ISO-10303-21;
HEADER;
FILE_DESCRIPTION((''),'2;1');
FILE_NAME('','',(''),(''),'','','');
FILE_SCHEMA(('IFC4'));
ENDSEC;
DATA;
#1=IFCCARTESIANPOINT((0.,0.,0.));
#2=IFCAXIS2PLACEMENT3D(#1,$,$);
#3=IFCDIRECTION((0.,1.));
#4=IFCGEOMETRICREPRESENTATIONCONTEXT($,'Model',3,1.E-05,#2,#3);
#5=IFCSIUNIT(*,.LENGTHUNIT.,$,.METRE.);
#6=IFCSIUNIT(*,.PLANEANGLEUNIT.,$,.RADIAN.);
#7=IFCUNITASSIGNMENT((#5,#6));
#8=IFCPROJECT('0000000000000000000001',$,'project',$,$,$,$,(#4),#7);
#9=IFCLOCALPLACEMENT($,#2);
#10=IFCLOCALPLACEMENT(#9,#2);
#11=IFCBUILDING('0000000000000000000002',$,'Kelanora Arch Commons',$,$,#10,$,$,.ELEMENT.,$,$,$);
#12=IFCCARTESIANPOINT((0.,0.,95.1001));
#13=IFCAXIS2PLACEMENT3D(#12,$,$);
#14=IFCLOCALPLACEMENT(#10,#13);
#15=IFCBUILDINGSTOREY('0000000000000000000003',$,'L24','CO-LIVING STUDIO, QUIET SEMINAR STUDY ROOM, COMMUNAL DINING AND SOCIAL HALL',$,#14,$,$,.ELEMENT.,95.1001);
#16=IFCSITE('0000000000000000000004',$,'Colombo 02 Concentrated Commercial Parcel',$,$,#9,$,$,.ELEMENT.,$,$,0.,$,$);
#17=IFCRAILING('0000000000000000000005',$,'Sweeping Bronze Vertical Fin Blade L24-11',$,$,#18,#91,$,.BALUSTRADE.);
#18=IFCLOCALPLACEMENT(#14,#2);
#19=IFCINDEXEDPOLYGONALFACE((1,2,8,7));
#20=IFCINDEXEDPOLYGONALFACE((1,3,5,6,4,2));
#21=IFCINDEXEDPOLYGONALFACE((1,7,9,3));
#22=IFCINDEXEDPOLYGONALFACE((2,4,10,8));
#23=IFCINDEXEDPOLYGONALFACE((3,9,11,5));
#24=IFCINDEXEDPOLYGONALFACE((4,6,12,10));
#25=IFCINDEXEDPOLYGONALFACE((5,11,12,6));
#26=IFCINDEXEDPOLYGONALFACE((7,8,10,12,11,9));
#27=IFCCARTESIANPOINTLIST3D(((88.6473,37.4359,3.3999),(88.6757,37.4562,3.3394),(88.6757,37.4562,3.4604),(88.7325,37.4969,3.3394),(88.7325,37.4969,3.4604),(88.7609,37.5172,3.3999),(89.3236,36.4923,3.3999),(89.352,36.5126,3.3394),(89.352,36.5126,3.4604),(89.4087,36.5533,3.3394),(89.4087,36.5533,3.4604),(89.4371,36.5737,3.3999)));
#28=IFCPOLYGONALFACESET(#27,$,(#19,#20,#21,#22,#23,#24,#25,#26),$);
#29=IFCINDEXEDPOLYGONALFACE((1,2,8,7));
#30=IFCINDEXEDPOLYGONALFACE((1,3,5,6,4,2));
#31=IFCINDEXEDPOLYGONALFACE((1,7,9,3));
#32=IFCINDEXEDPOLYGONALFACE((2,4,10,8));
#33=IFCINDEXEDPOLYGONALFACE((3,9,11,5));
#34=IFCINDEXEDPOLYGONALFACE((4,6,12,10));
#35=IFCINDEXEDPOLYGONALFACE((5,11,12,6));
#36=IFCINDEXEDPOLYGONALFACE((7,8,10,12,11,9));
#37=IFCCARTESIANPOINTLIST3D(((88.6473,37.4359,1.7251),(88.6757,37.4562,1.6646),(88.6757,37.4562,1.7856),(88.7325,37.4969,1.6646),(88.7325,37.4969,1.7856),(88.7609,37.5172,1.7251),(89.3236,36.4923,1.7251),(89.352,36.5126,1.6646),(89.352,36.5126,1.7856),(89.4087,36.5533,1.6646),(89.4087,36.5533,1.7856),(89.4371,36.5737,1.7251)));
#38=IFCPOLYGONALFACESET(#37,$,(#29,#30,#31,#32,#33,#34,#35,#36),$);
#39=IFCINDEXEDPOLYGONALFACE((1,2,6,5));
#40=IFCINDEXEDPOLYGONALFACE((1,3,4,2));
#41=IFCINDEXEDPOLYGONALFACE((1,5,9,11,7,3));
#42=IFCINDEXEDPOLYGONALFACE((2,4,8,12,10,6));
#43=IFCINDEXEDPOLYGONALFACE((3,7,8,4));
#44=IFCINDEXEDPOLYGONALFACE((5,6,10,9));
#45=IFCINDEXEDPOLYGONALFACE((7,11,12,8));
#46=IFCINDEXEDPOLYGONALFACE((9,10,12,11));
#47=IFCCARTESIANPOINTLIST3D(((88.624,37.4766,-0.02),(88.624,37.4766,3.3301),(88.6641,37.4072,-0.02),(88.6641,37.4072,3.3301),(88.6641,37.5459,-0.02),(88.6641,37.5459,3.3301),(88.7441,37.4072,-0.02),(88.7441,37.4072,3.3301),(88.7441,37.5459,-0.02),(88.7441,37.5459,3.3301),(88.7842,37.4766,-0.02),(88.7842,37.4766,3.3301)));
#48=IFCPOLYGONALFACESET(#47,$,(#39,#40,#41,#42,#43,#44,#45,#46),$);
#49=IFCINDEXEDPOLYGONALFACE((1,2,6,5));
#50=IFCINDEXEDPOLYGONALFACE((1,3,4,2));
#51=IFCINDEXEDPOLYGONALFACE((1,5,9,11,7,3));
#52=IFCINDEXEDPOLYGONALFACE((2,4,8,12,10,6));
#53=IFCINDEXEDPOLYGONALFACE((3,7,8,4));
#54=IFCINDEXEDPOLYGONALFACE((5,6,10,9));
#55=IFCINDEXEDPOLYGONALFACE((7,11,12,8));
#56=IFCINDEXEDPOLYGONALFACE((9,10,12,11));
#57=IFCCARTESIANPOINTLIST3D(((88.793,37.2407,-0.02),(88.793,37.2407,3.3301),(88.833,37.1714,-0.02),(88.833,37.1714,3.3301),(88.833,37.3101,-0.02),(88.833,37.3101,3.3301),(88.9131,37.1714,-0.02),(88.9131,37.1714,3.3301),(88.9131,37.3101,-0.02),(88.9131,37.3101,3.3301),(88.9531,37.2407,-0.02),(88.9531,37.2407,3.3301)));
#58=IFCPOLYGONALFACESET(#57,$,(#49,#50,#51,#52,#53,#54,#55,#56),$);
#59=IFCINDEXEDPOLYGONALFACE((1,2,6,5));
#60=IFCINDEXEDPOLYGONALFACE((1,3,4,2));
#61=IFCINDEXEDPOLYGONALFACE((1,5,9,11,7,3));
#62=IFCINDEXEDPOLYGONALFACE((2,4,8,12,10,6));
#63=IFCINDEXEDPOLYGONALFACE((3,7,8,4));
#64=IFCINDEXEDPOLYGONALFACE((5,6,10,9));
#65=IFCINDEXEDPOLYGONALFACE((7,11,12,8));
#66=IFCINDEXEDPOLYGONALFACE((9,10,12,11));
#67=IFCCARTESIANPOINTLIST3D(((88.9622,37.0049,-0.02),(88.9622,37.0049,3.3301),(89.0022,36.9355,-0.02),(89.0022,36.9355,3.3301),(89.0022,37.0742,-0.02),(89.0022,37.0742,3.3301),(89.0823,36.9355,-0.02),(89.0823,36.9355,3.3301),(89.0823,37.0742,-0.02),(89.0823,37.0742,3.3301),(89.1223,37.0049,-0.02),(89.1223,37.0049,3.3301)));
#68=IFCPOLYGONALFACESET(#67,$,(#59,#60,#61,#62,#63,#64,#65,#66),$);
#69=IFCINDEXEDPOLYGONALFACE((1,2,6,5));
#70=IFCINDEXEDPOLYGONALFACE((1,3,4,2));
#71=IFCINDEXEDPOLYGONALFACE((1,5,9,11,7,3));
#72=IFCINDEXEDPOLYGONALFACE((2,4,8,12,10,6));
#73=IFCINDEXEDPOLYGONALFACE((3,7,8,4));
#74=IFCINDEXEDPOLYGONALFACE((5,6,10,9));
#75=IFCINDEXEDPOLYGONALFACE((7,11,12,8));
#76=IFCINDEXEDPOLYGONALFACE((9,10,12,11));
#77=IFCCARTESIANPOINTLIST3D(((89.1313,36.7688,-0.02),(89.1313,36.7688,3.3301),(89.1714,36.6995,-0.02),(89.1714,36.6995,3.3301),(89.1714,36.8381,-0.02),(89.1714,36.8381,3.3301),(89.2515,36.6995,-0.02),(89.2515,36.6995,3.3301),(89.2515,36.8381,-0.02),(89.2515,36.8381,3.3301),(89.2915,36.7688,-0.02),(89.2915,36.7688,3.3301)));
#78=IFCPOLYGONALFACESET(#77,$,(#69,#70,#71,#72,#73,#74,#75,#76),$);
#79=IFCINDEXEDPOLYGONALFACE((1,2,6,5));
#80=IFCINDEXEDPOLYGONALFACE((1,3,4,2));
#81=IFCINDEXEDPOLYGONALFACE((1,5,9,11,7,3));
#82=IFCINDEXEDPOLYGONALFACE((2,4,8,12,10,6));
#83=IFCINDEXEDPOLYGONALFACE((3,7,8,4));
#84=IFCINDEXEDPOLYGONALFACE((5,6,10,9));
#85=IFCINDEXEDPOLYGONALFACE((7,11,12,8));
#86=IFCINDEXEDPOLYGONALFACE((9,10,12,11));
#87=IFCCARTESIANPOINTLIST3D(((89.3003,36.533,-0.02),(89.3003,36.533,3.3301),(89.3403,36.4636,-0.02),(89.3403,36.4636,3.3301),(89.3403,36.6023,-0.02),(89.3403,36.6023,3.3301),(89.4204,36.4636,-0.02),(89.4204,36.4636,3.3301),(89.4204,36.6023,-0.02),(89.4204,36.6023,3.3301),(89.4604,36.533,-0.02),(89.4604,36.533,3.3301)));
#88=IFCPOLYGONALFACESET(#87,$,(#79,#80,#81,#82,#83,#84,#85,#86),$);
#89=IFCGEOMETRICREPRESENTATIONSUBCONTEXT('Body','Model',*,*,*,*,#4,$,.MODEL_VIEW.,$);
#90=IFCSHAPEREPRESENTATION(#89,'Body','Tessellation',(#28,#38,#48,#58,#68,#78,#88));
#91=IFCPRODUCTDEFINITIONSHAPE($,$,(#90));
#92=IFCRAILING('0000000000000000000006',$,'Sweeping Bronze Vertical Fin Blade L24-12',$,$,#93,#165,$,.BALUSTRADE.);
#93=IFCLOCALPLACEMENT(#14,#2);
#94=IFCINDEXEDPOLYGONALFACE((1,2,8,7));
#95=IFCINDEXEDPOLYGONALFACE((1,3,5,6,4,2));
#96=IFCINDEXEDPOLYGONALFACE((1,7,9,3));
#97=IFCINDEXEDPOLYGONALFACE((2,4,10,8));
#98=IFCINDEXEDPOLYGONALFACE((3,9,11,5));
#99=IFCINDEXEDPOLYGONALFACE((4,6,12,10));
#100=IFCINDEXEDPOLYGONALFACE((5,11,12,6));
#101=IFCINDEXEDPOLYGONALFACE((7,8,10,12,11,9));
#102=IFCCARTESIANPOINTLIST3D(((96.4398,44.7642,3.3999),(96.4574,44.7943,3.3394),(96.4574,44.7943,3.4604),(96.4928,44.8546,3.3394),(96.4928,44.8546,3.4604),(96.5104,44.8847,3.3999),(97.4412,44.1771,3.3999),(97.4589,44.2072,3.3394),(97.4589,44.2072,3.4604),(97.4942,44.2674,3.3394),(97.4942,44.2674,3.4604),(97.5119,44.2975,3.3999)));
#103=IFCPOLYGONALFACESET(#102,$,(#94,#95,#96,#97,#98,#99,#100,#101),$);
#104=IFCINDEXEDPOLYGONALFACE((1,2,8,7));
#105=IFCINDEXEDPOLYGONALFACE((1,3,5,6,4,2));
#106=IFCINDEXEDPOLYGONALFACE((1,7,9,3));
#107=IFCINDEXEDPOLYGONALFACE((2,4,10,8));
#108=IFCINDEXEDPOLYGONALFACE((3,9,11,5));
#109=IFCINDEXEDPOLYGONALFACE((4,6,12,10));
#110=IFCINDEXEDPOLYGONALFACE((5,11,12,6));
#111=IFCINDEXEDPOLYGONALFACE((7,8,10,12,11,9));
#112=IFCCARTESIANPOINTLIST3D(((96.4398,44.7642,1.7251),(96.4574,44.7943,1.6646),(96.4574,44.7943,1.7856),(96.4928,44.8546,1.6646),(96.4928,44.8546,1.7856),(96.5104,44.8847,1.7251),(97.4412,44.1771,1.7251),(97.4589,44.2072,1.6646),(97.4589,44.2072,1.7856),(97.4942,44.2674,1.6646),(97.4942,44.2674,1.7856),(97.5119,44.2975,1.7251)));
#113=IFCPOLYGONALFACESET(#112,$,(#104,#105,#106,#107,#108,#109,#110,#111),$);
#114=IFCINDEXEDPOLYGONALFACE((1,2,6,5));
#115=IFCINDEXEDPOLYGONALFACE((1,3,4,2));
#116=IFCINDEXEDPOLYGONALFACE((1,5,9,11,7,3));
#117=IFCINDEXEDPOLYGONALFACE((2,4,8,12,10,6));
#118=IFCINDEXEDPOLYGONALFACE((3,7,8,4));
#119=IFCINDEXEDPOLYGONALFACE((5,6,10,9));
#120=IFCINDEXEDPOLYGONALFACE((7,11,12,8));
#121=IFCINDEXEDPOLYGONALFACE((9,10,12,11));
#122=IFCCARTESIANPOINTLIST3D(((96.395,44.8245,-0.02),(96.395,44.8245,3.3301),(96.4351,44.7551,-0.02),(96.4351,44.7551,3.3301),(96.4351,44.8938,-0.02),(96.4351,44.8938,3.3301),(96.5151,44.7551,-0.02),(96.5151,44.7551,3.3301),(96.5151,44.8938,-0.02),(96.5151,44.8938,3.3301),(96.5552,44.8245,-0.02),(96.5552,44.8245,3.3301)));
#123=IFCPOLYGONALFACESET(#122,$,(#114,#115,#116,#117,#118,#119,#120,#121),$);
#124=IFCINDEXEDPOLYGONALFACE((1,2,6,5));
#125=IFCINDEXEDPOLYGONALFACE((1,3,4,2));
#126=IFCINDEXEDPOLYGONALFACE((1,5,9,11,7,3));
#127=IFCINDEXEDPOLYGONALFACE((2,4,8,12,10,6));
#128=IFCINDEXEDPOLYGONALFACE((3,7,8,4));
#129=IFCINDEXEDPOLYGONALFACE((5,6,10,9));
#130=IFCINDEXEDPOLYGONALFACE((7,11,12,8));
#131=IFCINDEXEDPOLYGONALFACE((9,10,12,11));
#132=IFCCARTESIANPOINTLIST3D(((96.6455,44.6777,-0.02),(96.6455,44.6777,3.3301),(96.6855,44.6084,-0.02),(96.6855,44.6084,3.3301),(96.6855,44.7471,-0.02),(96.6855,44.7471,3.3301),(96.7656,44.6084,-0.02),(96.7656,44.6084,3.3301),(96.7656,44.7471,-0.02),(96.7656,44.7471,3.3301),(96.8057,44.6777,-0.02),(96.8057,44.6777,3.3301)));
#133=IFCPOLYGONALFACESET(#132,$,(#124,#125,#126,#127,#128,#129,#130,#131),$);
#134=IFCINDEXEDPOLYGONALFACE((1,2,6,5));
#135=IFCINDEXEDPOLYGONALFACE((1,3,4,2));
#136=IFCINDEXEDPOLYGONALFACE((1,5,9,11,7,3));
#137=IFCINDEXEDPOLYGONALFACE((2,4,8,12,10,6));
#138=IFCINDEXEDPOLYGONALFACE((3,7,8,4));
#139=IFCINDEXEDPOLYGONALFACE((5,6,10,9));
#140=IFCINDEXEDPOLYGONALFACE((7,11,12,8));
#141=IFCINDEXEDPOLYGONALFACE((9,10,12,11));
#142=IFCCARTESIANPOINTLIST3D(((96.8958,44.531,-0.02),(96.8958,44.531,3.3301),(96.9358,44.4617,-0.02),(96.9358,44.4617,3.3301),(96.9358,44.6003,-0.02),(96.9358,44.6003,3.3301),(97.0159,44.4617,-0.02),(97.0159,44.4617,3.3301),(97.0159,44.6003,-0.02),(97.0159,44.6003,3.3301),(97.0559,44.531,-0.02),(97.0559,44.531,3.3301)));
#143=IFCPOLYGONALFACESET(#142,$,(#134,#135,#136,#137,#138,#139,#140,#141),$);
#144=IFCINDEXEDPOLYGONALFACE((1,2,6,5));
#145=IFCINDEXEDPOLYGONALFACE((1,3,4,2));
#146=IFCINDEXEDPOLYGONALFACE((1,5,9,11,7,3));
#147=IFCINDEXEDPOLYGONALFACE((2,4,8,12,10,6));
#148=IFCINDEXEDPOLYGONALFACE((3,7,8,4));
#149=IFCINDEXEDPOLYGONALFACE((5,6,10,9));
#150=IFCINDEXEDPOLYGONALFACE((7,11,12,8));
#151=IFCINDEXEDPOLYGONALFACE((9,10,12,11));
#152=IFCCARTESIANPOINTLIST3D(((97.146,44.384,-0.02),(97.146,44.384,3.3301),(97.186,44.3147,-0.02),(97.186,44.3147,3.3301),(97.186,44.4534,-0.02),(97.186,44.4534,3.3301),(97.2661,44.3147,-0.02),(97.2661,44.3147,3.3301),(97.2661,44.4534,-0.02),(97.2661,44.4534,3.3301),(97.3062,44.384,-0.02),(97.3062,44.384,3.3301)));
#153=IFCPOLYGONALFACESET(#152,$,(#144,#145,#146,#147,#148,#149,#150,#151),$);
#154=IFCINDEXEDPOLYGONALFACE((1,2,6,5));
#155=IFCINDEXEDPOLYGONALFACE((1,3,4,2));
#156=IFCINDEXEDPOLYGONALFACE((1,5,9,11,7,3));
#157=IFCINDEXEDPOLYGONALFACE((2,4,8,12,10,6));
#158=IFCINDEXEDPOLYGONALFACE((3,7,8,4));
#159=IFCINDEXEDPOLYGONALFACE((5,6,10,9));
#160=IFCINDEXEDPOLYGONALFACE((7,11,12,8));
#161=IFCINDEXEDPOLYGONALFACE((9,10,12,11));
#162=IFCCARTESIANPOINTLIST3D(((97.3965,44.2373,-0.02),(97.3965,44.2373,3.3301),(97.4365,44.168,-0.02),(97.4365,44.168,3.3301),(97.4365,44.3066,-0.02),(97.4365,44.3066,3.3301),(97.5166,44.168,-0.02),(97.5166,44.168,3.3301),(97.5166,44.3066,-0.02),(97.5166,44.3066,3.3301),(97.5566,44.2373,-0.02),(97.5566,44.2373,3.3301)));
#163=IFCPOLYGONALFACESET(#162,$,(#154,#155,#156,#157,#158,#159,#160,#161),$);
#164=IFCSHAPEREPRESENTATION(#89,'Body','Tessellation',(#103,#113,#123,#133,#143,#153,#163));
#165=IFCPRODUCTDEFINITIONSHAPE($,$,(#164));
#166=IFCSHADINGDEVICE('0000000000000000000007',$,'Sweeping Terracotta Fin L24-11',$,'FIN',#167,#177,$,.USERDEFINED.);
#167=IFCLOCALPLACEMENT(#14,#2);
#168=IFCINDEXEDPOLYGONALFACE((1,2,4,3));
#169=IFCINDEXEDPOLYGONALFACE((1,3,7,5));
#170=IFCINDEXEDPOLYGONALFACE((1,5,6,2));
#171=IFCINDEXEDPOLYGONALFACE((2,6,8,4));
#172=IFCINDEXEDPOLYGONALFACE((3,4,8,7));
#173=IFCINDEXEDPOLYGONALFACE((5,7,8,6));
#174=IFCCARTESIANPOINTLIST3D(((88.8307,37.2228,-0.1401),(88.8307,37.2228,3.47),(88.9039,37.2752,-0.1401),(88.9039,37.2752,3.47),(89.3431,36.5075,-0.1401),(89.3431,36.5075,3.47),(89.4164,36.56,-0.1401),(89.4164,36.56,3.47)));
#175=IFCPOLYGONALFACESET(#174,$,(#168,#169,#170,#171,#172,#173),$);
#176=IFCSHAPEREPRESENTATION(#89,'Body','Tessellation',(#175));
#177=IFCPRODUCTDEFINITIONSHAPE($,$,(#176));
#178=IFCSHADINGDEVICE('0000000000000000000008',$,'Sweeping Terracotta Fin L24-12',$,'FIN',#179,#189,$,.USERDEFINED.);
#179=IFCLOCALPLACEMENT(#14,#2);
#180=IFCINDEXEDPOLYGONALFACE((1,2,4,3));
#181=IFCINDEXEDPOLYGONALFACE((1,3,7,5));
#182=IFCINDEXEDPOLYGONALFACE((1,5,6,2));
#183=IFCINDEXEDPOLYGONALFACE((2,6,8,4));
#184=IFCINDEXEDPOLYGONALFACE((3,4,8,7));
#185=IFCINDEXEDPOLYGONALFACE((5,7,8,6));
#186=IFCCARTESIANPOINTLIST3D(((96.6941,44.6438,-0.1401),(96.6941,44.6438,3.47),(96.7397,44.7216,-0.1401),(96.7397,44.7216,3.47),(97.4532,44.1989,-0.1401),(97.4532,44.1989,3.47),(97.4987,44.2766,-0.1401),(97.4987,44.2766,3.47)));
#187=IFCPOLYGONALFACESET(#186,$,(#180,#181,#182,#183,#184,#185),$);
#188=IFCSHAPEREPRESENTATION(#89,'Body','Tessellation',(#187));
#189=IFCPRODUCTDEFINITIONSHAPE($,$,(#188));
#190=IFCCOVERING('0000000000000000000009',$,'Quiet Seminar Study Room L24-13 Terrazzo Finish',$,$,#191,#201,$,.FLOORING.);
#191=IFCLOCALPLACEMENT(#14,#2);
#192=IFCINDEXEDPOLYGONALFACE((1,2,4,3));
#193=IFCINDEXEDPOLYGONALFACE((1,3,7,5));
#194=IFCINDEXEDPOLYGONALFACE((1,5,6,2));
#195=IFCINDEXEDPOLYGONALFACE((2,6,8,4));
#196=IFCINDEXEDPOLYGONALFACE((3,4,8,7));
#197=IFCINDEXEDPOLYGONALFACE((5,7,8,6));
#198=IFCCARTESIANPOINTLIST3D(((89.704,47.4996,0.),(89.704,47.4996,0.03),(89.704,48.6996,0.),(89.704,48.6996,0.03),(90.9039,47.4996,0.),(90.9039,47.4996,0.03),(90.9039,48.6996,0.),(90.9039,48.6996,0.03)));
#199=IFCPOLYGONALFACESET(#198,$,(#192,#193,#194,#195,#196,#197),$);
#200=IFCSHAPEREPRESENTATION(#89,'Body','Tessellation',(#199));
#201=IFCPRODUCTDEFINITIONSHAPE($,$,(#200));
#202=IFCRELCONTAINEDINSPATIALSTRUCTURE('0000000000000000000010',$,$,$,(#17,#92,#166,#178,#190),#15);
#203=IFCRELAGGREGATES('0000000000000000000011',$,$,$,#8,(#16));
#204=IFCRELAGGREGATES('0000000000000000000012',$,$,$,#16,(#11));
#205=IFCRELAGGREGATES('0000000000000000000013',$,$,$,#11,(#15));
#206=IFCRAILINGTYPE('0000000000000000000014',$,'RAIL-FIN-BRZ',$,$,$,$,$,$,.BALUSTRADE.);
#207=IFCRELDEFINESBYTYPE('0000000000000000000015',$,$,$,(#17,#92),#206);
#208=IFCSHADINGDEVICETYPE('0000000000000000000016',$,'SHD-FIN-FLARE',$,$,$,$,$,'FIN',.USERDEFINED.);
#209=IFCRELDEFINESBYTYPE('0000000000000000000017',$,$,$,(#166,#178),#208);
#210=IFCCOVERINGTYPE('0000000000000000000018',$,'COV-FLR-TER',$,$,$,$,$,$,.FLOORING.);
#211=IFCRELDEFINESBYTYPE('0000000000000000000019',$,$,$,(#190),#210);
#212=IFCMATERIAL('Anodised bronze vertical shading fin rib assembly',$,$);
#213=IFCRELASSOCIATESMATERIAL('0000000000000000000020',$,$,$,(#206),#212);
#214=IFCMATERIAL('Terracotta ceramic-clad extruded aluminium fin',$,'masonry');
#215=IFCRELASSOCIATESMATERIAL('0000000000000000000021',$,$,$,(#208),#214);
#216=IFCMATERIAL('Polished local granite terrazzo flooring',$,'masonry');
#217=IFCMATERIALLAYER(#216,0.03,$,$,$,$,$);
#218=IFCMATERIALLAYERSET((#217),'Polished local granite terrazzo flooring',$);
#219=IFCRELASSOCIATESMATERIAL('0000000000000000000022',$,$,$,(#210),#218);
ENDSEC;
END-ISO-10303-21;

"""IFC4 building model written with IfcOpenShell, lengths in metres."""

from ifc_helpers import new_model, si_unit, direction, frame, origin, origin_2d, place, context, subcontext, project, spatial, polyline, rectangle, outline, extrude, source, transform, mapped, material, layer, layer_set, type_object, element, save


model = new_model("IFC4")

# Units and contexts
model_context = context("Model", 3, precision=1e-05, world=origin(), true_north=direction((0.0, 1.0)))
body_context = subcontext(model_context, "Body", "Model", "MODEL_VIEW")
ifc_project = project(units=[si_unit("LENGTHUNIT", "METRE"), si_unit("PLANEANGLEUNIT", "RADIAN")], contexts=[model_context])

# Site, building, storey
site_placement = place(None, origin())
site = spatial("IfcSite", under=ifc_project, at=site_placement, Name="Colombo 02 Concentrated Commercial Parcel", CompositionType="ELEMENT", RefElevation=0.0)
building_placement = place(site_placement, origin())
building = spatial("IfcBuilding", under=site, at=building_placement, Name="Kelanora Arch Commons", CompositionType="ELEMENT")
storey_placement = place(building_placement, frame((0.0, 0.0, 95.1001)))
storey = spatial("IfcBuildingStorey", under=building, at=storey_placement, Name="L24", Description="CO-LIVING STUDIO, QUIET SEMINAR STUDY ROOM, COMMUNAL DINING AND SOCIAL HALL", CompositionType="ELEMENT", Elevation=95.1001)

# Railings
ifc_material_1 = material(Name="Anodised bronze vertical shading fin rib assembly")
railing_type = type_object("IfcRailingType", Name="RAIL-FIN-BRZ", PredefinedType="BALUSTRADE", material=ifc_material_1)
railing_1_placement = place(storey_placement, frame((88.7041, 37.4766, -0.02)))
element("IfcRailing", 1, at=railing_1_placement, inside=storey, type_object=railing_type, Name="Sweeping Bronze Vertical Fin Blade L24-11", PredefinedType="BALUSTRADE", context=body_context, shape_type="SweptSolid", body=[
    extrude(outline(polyline([(0.0698, 0.0), (0.0349, 0.0605), (-0.0349, 0.0605), (-0.0698, 0.0), (-0.0349, -0.0605), (0.0349, -0.0605), (0.0698, 0.0)])), frame((0.0, 0.0, 3.4199), z_axis=(0.582531, -0.812809, 0.0), x_axis=(0.812809, 0.582531, 0.0)), (0.0, 0.0, 1.0), 1.1609),
    extrude(outline(polyline([(0.0698, 0.0), (0.0349, 0.0605), (-0.0349, 0.0605), (-0.0698, 0.0), (-0.0349, -0.0605), (0.0349, -0.0605), (0.0698, 0.0)])), frame((0.0, 0.0, 1.7451), z_axis=(0.582531, -0.812809, 0.0), x_axis=(0.812809, 0.582531, 0.0)), (0.0, 0.0, 1.0), 1.1609),
    extrude(outline(polyline([(0.0801, 0.0), (0.04, 0.0693), (-0.04, 0.0693), (-0.0801, 0.0), (-0.04, -0.0693), (0.04, -0.0693), (0.0801, 0.0)])), origin(), (0.0, 0.0, 1.0), 3.3501),
    extrude(outline(polyline([(0.0801, 0.0), (0.04, 0.0693), (-0.04, 0.0693), (-0.0801, 0.0), (-0.04, -0.0693), (0.04, -0.0693), (0.0801, 0.0)])), frame((0.1689, -0.2358, 0.0)), (0.0, 0.0, 1.0), 3.3501),
    extrude(outline(polyline([(0.0801, 0.0), (0.04, 0.0693), (-0.04, 0.0693), (-0.0801, 0.0), (-0.04, -0.0693), (0.04, -0.0693), (0.0801, 0.0)])), frame((0.3381, -0.4717, 0.0)), (0.0, 0.0, 1.0), 3.3501),
    extrude(outline(polyline([(0.0801, 0.0), (0.04, 0.0693), (-0.04, 0.0693), (-0.0801, 0.0), (-0.04, -0.0693), (0.04, -0.0693), (0.0801, 0.0)])), frame((0.5073, -0.7078, 0.0)), (0.0, 0.0, 1.0), 3.3501),
    extrude(outline(polyline([(0.0801, 0.0), (0.04, 0.0693), (-0.04, 0.0693), (-0.0801, 0.0), (-0.04, -0.0693), (0.04, -0.0693), (0.0801, 0.0)])), frame((0.6763, -0.9436, 0.0)), (0.0, 0.0, 1.0), 3.3501),
])
railing_2_placement = place(storey_placement, frame((96.4751, 44.8245, -0.02)))
element("IfcRailing", 2, at=railing_2_placement, inside=storey, type_object=railing_type, Name="Sweeping Bronze Vertical Fin Blade L24-12", PredefinedType="BALUSTRADE", context=body_context, shape_type="SweptSolid", body=[
    extrude(outline(polyline([(0.0698, 0.0), (0.0349, 0.0605), (-0.0349, 0.0605), (-0.0698, 0.0), (-0.0349, -0.0605), (0.0349, -0.0605), (0.0698, 0.0)])), frame((0.0, 0.0, 3.4199), z_axis=(0.862663, -0.505779, 0.0), x_axis=(0.505779, 0.862663, 0.0)), (0.0, 0.0, 1.0), 1.1609),
    extrude(outline(polyline([(0.0698, 0.0), (0.0349, 0.0605), (-0.0349, 0.0605), (-0.0698, 0.0), (-0.0349, -0.0605), (0.0349, -0.0605), (0.0698, 0.0)])), frame((0.0, 0.0, 1.7451), z_axis=(0.862663, -0.505779, 0.0), x_axis=(0.505779, 0.862663, 0.0)), (0.0, 0.0, 1.0), 1.1609),
    extrude(outline(polyline([(0.0801, 0.0), (0.04, 0.0693), (-0.04, 0.0693), (-0.0801, 0.0), (-0.04, -0.0693), (0.04, -0.0693), (0.0801, 0.0)])), origin(), (0.0, 0.0, 1.0), 3.3501),
    extrude(outline(polyline([(0.0801, 0.0), (0.04, 0.0693), (-0.04, 0.0693), (-0.0801, 0.0), (-0.04, -0.0693), (0.04, -0.0693), (0.0801, 0.0)])), frame((0.2505, -0.1467, 0.0)), (0.0, 0.0, 1.0), 3.3501),
    extrude(outline(polyline([(0.0801, 0.0), (0.04, 0.0693), (-0.04, 0.0693), (-0.0801, 0.0), (-0.04, -0.0693), (0.04, -0.0693), (0.0801, 0.0)])), frame((0.5007, -0.2935, 0.0)), (0.0, 0.0, 1.0), 3.3501),
    extrude(outline(polyline([(0.0801, 0.0), (0.04, 0.0693), (-0.04, 0.0693), (-0.0801, 0.0), (-0.04, -0.0693), (0.04, -0.0693), (0.0801, 0.0)])), frame((0.751, -0.4404, 0.0)), (0.0, 0.0, 1.0), 3.3501),
    extrude(outline(polyline([(0.0801, 0.0), (0.04, 0.0693), (-0.04, 0.0693), (-0.0801, 0.0), (-0.04, -0.0693), (0.04, -0.0693), (0.0801, 0.0)])), frame((1.0015, -0.5872, 0.0)), (0.0, 0.0, 1.0), 3.3501),
])

# Shading devices
ifc_material_2 = material(Name="Terracotta ceramic-clad extruded aluminium fin", Category="masonry")
shading_device_type = type_object("IfcShadingDeviceType", Name="SHD-FIN-FLARE", ElementType="FIN", PredefinedType="USERDEFINED", material=ifc_material_2)
shared_shape_1 = source(origin(), body_context, "Body", "SweptSolid", [
    extrude(rectangle(XDim=0.8799, YDim=0.0901, at=origin_2d()), origin(), (0.0, 0.0, 1.0), 3.6101),
])
for number, where, z_axis, x_axis, name in (
    (3, (89.1235, 36.8914, -0.1401), (0.0, 0.0, 1.0), (0.582407, -0.812898, 0.0), "Sweeping Terracotta Fin L24-11"),
    (4, (97.0964, 44.4602, -0.1401), (0.0, 0.0, 1.0), (0.86269, -0.505733, 0.0), "Sweeping Terracotta Fin L24-12"),
):
    element("IfcShadingDevice", number, at=place(storey_placement, frame(where, z_axis=z_axis, x_axis=x_axis)), inside=storey, type_object=shading_device_type, Name=name, ObjectType="FIN", PredefinedType="USERDEFINED", context=body_context, shape_type="MappedRepresentation", body=[
        mapped(shared_shape_1, transform((0.0, 0.0, 0.0), scale=1.0)),
    ])

# Covering
ifc_material_3 = material(Name="Polished local granite terrazzo flooring", Category="masonry")
ifc_layer_1 = layer(ifc_material_3, 0.03)
ifc_layer_set_1 = layer_set([ifc_layer_1], Name="Polished local granite terrazzo flooring")
covering_type = type_object("IfcCoveringType", Name="COV-FLR-TER", PredefinedType="FLOORING", material=ifc_layer_set_1)
shared_shape_2 = source(origin(), body_context, "Body", "SweptSolid", [
    extrude(rectangle(XDim=1.2, YDim=1.2, at=origin_2d()), origin(), (0.0, 0.0, 1.0), 0.03),
])
covering_placement = place(storey_placement, frame((90.304, 48.0996, 0.0), z_axis=(0.0, 0.0, 1.0), x_axis=(1.0, 0.0, 0.0)))
element("IfcCovering", 5, at=covering_placement, inside=storey, type_object=covering_type, Name="Quiet Seminar Study Room L24-13 Terrazzo Finish", PredefinedType="FLOORING", context=body_context, shape_type="MappedRepresentation", body=[
    mapped(shared_shape_2, transform((0.0, 0.0, 0.0), scale=1.0)),
])

save(model, "model.ifc")
